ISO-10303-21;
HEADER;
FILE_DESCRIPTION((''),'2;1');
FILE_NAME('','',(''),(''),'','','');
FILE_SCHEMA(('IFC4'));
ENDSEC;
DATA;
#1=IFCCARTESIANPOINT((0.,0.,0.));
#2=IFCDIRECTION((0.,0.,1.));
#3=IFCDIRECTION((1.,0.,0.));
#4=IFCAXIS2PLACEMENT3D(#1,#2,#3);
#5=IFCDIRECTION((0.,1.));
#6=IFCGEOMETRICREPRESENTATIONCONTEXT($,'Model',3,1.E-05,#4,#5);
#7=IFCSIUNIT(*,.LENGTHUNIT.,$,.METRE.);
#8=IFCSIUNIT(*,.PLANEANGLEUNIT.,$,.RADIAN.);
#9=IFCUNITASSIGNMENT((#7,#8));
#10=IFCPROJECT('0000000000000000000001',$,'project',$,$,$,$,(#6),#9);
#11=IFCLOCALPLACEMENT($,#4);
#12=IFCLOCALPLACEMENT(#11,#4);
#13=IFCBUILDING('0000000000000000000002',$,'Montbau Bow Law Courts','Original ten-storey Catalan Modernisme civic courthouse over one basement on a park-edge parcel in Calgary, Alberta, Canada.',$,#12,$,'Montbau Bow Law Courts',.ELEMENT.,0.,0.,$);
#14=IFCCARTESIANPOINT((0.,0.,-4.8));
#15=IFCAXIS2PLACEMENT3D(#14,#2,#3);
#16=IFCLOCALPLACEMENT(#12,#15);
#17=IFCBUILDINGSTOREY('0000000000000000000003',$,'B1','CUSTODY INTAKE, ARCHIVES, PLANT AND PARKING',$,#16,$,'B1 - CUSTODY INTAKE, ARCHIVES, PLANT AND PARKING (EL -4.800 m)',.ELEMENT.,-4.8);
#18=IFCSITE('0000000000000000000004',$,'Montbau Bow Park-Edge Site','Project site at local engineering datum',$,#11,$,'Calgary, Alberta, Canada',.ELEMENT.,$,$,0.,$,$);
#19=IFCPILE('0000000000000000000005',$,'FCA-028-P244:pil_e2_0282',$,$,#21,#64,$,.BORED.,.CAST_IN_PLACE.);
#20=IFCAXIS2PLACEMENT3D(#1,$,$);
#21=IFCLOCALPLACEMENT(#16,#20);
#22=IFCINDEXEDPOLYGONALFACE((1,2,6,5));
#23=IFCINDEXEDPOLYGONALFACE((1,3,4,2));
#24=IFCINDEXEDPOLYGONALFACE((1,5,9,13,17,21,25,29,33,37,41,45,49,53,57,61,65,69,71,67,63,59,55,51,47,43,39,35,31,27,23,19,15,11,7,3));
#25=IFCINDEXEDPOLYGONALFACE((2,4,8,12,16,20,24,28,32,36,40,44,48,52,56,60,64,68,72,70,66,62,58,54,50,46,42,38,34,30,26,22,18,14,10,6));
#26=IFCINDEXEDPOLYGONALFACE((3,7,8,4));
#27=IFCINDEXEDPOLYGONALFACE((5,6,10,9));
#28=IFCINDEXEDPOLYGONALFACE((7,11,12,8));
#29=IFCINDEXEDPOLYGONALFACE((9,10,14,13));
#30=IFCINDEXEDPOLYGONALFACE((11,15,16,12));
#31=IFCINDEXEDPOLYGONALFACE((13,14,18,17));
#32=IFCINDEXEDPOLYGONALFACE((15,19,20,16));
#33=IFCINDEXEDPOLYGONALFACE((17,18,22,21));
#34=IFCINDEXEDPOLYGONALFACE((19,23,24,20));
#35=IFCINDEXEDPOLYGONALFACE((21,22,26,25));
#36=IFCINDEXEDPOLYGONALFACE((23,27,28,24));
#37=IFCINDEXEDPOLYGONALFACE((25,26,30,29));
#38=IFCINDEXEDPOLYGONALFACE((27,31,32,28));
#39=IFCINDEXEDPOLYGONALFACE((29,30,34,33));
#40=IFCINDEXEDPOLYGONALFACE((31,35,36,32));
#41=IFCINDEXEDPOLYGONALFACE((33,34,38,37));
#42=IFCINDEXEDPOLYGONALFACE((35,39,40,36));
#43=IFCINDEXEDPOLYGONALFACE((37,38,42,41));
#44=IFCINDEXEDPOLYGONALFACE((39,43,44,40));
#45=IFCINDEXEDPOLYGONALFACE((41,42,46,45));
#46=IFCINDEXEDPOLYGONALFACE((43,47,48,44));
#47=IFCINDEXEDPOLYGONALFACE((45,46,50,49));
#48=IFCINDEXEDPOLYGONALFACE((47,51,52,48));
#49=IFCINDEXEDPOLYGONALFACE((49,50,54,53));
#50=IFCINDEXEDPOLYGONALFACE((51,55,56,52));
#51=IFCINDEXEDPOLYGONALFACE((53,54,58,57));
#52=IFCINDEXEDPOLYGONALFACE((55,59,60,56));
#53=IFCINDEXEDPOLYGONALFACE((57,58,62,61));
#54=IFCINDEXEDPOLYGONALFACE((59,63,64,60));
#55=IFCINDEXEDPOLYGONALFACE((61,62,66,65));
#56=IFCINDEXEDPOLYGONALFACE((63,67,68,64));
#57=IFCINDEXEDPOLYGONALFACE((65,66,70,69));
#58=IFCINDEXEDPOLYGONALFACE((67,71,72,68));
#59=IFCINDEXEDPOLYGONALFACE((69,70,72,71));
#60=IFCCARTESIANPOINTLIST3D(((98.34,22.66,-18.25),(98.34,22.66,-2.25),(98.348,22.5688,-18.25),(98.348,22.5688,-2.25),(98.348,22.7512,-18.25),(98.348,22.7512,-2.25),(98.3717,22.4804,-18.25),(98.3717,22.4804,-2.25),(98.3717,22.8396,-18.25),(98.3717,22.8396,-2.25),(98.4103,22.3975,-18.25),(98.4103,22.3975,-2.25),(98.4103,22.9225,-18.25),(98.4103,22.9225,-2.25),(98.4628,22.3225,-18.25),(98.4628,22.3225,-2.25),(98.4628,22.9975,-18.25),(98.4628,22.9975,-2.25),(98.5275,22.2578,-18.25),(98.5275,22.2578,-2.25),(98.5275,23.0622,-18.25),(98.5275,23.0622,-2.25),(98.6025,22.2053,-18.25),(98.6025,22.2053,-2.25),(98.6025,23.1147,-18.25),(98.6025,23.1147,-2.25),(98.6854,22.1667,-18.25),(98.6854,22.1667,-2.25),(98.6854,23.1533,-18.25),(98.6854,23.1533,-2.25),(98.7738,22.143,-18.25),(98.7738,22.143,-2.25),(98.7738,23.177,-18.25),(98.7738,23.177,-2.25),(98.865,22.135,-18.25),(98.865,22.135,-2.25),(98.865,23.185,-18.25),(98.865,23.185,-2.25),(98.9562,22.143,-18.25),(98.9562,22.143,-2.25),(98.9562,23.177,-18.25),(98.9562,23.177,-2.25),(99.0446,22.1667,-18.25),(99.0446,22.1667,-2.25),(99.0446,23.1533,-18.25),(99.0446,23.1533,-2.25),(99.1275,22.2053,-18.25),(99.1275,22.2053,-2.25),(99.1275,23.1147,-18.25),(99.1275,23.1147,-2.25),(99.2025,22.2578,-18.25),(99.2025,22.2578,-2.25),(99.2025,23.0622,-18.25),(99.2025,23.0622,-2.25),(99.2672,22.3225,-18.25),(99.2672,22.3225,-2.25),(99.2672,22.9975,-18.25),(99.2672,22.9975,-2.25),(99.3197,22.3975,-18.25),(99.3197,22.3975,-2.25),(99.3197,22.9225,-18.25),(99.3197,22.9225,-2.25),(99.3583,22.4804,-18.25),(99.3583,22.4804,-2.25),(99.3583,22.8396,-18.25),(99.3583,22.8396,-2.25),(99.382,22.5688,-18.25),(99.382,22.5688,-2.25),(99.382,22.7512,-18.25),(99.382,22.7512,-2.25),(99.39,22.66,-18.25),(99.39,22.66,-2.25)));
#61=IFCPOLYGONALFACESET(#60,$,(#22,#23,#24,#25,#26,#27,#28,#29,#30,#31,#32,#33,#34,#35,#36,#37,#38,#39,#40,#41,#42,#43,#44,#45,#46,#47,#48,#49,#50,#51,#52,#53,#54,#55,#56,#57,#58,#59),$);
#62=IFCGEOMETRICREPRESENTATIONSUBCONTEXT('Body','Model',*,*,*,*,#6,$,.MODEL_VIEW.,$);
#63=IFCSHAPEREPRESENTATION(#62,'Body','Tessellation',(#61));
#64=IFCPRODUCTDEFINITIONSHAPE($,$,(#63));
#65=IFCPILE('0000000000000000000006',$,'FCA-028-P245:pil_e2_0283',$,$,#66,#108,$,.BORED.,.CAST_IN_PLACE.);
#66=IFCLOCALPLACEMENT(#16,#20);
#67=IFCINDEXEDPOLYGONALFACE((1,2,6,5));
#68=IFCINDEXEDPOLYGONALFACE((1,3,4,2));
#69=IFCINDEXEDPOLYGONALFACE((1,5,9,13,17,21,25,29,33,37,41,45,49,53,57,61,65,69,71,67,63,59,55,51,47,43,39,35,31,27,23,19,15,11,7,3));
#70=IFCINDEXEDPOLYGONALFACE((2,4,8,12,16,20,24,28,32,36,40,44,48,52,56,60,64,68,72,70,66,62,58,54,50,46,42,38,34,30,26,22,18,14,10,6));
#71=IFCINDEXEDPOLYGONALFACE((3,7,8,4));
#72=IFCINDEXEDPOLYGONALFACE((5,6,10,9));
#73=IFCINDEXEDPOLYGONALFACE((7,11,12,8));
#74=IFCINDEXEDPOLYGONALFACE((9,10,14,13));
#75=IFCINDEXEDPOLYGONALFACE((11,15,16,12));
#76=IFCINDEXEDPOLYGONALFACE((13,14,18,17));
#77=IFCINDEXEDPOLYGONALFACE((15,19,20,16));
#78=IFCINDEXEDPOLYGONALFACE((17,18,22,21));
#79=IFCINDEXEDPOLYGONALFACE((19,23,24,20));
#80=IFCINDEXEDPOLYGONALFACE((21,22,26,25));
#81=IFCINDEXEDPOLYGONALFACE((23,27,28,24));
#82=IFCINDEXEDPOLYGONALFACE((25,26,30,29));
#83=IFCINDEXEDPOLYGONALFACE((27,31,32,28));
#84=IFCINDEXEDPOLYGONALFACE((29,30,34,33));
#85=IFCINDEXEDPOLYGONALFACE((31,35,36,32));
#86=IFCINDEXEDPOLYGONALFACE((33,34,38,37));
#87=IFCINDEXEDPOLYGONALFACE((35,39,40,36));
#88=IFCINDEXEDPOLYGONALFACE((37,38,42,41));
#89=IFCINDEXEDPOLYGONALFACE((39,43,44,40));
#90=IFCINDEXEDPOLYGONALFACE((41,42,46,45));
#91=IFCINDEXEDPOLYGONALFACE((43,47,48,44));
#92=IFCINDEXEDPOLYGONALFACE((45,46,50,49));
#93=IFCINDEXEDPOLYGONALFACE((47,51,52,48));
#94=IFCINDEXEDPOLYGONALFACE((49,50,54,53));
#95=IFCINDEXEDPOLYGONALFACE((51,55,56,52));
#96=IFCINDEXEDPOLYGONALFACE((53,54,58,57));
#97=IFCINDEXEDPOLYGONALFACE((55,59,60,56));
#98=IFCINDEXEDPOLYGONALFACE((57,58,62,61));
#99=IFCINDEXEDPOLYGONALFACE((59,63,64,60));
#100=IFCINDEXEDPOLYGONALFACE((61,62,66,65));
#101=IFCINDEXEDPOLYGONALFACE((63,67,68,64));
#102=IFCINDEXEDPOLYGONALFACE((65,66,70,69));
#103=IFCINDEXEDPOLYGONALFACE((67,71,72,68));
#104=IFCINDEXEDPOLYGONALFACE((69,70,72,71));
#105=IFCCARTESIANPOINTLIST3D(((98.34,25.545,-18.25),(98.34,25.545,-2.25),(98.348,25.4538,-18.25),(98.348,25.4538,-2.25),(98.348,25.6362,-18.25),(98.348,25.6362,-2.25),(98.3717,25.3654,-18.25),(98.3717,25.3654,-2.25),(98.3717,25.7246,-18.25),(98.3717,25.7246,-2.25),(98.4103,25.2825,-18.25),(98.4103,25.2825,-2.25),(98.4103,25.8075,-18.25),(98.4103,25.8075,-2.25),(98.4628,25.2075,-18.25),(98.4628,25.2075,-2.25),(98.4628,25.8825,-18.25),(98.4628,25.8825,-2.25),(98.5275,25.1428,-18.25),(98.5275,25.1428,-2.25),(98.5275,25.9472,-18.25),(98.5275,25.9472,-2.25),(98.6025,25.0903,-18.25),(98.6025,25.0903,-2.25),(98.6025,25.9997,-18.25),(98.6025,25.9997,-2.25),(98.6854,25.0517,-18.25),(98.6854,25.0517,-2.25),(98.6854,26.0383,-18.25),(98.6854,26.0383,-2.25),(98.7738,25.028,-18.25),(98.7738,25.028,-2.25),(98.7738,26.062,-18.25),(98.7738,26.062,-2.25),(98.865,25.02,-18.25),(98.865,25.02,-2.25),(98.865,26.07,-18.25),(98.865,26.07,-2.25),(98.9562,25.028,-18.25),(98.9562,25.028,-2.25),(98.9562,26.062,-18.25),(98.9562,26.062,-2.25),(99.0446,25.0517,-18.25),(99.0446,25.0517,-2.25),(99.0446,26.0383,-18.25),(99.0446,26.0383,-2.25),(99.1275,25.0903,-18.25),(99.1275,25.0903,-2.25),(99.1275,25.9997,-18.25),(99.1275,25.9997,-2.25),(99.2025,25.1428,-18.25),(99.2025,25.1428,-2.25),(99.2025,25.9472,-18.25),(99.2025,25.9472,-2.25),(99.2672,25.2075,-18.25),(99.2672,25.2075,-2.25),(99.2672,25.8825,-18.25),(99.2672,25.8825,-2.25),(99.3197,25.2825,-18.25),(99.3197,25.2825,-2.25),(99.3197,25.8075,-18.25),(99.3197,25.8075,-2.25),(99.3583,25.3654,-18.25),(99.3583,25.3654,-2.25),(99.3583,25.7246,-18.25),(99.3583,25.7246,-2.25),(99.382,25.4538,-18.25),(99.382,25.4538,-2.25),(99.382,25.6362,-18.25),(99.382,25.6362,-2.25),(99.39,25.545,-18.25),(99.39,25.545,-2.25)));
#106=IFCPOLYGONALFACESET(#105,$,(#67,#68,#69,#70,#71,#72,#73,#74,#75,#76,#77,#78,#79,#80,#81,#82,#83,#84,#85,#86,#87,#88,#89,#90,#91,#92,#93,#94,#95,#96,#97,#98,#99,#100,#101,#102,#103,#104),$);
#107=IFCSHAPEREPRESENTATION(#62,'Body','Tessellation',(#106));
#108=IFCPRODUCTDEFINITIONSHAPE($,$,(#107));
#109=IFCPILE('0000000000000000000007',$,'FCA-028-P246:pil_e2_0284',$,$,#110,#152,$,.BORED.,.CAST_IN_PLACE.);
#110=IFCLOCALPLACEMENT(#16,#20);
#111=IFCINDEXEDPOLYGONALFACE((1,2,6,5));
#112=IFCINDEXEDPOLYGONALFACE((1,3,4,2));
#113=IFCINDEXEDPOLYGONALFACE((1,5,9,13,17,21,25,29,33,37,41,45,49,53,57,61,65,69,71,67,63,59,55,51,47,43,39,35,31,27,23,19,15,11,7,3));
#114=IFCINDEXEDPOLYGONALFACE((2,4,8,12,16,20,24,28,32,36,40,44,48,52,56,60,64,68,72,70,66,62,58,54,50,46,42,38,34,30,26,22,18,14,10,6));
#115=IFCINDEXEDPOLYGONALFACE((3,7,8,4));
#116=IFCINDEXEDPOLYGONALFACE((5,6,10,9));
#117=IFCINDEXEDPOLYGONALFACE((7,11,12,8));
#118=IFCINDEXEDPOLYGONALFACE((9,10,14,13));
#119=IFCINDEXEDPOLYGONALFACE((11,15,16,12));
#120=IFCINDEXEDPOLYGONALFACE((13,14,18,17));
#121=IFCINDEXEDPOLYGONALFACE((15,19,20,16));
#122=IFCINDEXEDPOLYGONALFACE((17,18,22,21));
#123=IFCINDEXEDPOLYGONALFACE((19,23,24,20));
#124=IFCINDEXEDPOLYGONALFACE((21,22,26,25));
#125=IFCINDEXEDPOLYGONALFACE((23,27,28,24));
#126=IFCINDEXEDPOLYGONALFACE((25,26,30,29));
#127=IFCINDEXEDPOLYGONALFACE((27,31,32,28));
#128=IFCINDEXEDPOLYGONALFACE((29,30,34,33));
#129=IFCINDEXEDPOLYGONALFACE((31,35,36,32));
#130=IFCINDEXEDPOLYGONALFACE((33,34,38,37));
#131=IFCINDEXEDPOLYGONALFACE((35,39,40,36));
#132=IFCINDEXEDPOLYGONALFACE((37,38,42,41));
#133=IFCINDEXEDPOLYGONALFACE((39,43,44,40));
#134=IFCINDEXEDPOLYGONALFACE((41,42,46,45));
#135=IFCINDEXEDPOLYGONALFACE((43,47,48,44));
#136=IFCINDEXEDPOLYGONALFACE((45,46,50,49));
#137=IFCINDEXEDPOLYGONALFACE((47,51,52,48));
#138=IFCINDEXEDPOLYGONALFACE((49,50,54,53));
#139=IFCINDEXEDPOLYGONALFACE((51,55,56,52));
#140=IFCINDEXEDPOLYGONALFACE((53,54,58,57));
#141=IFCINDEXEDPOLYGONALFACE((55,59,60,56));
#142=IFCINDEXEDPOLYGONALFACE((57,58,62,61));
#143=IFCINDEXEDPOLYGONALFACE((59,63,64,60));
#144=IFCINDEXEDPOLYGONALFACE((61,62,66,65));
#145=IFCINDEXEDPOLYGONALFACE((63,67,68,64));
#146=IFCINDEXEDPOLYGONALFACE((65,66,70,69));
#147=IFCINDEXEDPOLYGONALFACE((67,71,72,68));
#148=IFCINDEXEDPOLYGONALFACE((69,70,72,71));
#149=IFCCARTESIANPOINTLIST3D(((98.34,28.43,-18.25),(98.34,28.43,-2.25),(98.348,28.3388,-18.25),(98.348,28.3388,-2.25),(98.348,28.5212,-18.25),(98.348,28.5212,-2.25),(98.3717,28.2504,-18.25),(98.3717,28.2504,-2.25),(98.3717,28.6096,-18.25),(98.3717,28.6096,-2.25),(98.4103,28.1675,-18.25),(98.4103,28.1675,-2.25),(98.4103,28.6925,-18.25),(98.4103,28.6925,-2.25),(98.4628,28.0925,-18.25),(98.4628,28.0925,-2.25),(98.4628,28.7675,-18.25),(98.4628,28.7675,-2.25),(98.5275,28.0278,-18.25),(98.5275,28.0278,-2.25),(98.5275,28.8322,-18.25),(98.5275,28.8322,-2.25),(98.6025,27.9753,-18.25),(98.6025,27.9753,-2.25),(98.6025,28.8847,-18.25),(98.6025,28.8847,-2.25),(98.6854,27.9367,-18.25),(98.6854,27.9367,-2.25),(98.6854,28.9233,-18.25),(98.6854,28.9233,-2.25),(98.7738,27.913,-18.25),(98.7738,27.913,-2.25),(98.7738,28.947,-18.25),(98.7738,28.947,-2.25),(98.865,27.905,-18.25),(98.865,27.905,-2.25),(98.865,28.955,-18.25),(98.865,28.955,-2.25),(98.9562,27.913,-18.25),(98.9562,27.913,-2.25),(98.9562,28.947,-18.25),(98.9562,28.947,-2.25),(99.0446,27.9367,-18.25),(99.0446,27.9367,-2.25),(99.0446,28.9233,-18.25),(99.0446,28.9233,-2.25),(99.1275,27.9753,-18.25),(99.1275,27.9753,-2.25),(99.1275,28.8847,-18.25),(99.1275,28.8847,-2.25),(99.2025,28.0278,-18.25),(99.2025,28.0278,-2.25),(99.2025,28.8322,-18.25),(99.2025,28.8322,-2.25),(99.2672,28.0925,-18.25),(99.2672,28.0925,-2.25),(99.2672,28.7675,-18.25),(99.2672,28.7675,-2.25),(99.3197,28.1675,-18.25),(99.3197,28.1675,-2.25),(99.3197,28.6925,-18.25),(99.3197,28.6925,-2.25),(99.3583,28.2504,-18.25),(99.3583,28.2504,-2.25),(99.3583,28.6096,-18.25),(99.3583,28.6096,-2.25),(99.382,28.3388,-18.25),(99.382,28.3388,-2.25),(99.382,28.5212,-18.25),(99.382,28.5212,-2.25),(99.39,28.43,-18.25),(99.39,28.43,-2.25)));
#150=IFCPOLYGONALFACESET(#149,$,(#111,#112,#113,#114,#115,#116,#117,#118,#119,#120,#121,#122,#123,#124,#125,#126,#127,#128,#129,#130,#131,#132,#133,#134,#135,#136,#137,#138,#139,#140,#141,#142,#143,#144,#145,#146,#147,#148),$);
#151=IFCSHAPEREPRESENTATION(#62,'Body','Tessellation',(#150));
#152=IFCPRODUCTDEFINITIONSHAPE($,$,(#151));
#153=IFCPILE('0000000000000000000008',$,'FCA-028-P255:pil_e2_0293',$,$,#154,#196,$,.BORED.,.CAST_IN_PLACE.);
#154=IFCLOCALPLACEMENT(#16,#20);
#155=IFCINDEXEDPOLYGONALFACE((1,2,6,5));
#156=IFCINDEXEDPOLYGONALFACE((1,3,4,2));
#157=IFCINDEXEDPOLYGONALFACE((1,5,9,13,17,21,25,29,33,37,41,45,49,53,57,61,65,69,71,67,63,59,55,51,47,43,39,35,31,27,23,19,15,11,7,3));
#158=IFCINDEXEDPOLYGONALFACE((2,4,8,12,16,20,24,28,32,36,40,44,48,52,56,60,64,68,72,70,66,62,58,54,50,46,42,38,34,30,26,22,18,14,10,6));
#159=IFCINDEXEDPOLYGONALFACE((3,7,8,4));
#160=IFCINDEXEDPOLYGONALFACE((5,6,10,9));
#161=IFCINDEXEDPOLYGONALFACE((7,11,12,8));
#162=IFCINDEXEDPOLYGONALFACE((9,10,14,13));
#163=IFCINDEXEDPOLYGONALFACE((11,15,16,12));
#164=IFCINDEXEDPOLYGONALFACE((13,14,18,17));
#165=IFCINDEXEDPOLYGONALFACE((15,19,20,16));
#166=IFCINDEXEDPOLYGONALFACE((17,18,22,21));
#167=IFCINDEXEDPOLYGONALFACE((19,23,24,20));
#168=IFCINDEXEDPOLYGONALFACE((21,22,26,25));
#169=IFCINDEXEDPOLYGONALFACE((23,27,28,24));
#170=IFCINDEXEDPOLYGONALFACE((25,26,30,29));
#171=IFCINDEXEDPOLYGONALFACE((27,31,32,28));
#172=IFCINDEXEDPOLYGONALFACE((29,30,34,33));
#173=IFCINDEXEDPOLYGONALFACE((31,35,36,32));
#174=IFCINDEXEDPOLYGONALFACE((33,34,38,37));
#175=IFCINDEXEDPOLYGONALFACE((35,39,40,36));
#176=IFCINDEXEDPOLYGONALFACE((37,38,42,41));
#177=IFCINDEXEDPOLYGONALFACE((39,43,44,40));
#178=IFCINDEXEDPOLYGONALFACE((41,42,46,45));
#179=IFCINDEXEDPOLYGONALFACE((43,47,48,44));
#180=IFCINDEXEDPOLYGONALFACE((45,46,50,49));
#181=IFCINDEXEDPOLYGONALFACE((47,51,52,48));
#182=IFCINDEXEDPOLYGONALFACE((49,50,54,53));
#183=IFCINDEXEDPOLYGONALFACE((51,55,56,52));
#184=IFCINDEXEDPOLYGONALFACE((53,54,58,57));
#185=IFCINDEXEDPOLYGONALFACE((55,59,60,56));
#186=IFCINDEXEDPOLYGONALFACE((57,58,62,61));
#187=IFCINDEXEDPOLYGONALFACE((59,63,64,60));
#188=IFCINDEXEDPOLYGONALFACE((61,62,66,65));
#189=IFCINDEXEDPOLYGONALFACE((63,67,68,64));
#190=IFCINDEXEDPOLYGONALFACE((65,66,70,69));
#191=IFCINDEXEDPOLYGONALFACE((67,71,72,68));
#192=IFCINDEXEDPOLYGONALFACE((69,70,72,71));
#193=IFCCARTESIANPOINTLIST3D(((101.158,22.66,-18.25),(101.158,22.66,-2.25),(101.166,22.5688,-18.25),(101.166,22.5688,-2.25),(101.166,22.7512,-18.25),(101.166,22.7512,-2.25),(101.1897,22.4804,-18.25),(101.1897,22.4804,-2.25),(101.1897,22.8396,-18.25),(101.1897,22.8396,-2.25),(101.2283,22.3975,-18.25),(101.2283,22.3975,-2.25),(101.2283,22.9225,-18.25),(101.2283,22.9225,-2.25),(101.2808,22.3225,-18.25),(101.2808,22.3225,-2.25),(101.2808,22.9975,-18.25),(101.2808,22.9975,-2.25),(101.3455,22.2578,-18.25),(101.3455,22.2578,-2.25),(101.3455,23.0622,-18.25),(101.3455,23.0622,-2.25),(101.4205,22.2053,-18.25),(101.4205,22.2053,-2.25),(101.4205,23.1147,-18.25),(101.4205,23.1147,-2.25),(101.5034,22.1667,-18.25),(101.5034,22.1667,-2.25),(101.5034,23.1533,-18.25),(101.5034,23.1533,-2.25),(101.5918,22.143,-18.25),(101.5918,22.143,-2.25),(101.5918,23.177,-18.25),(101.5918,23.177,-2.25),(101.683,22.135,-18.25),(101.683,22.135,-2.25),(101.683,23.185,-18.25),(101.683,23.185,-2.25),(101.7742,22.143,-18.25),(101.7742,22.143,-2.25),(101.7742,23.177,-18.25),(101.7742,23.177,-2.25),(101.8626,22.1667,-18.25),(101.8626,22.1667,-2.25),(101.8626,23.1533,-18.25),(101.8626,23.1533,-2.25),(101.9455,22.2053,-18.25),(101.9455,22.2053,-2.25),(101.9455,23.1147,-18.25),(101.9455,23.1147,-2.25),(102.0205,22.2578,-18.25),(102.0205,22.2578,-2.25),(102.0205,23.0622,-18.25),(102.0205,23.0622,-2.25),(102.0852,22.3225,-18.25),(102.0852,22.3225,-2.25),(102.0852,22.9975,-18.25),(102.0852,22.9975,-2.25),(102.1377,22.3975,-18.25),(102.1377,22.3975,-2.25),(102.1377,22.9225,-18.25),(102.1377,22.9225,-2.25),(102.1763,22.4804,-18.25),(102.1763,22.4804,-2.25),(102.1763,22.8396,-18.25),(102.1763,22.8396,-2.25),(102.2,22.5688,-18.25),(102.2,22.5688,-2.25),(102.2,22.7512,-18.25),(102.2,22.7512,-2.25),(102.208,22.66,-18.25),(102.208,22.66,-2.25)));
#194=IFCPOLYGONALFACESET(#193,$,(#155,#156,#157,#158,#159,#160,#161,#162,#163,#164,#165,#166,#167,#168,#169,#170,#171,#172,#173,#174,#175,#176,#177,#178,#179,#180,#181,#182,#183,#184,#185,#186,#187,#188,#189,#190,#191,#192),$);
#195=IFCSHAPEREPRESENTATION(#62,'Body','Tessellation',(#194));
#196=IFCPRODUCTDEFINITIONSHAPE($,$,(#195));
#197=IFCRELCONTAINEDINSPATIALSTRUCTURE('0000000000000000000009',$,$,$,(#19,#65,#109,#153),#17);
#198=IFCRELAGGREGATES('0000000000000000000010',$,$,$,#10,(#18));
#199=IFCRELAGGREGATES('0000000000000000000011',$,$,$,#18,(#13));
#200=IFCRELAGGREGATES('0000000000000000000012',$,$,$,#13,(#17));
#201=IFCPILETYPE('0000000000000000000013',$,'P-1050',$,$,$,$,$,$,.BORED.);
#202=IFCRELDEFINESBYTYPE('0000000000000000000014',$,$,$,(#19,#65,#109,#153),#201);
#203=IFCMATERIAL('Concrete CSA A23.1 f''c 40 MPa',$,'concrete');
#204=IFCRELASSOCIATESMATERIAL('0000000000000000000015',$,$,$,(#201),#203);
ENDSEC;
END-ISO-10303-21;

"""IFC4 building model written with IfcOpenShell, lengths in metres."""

from ifc_helpers import new_model, si_unit, direction, frame, origin_with_axes, origin_2d_with_axis, place, context, subcontext, project, spatial, circle, extrude, material, material_profile, profile_set, type_object, element, save


model = new_model("IFC4")

# Units and contexts
model_context = context("Model", 3, precision=1e-05, world=origin_with_axes(), true_north=direction((0.0, 1.0)))
body_context = subcontext(model_context, "Body", "Model", "MODEL_VIEW")
ifc_project = project(units=[si_unit("LENGTHUNIT", "METRE"), si_unit("PLANEANGLEUNIT", "RADIAN")], contexts=[model_context])

# Site, building, storey
site_placement = place(None, origin_with_axes())
site = spatial("IfcSite", under=ifc_project, at=site_placement, Name="Montbau Bow Park-Edge Site", Description="Project site at local engineering datum", LongName="Calgary, Alberta, Canada", CompositionType="ELEMENT", RefElevation=0.0)
building_placement = place(site_placement, origin_with_axes())
building = spatial("IfcBuilding", under=site, at=building_placement, Name="Montbau Bow Law Courts", Description="Original ten-storey Catalan Modernisme civic courthouse over one basement on a park-edge parcel in Calgary, Alberta, Canada.", LongName="Montbau Bow Law Courts", CompositionType="ELEMENT", ElevationOfRefHeight=0.0, ElevationOfTerrain=0.0)
storey_placement = place(building_placement, frame((0.0, 0.0, -4.8), z_axis=(0.0, 0.0, 1.0), x_axis=(1.0, 0.0, 0.0)))
storey = spatial("IfcBuildingStorey", under=building, at=storey_placement, Name="B1", Description="CUSTODY INTAKE, ARCHIVES, PLANT AND PARKING", LongName="B1 - CUSTODY INTAKE, ARCHIVES, PLANT AND PARKING (EL -4.800 m)", CompositionType="ELEMENT", Elevation=-4.8)

# Piles
ifc_material_1 = material(Name="Concrete CSA A23.1 f'c 40 MPa", Category="concrete")
ifc_material_profile_1 = material_profile(ifc_material_1, circle(Radius=0.525, at=origin_2d_with_axis()), Name="BP1050", Category="Main", Priority=0)
ifc_profile_set_1 = profile_set([ifc_material_profile_1], Name="Concrete CSA A23.1 f'c 40 MPa")
pile_type = type_object("IfcPileType", Name="P-1050", PredefinedType="BORED", material=ifc_profile_set_1)
for number, where, z_axis, x_axis, name in (
    (1, (98.865, 22.66, -23.05), (0.0, 0.0, 1.0), (1.0, 0.0, 0.0), "FCA-028-P244:pil_e2_0282"),
    (2, (98.865, 25.545, -23.05), (0.0, 0.0, 1.0), (1.0, 0.0, 0.0), "FCA-028-P245:pil_e2_0283"),
    (3, (98.865, 28.43, -23.05), (0.0, 0.0, 1.0), (1.0, 0.0, 0.0), "FCA-028-P246:pil_e2_0284"),
    (4, (101.683, 22.66, -23.05), (0.0, 0.0, 1.0), (1.0, 0.0, 0.0), "FCA-028-P255:pil_e2_0293"),
):
    element("IfcPile", number, at=place(None, frame(where, z_axis=z_axis, x_axis=x_axis)), inside=storey, type_object=pile_type, Name=name, ConstructionType="CAST_IN_PLACE", PredefinedType="BORED", context=body_context, shape_type="SweptSolid", body=[
        extrude(circle(Radius=0.525, at=origin_2d_with_axis()), origin_with_axes(), (0.0, 0.0, 1.0), 16.0),
    ])

save(model, "model.ifc")
